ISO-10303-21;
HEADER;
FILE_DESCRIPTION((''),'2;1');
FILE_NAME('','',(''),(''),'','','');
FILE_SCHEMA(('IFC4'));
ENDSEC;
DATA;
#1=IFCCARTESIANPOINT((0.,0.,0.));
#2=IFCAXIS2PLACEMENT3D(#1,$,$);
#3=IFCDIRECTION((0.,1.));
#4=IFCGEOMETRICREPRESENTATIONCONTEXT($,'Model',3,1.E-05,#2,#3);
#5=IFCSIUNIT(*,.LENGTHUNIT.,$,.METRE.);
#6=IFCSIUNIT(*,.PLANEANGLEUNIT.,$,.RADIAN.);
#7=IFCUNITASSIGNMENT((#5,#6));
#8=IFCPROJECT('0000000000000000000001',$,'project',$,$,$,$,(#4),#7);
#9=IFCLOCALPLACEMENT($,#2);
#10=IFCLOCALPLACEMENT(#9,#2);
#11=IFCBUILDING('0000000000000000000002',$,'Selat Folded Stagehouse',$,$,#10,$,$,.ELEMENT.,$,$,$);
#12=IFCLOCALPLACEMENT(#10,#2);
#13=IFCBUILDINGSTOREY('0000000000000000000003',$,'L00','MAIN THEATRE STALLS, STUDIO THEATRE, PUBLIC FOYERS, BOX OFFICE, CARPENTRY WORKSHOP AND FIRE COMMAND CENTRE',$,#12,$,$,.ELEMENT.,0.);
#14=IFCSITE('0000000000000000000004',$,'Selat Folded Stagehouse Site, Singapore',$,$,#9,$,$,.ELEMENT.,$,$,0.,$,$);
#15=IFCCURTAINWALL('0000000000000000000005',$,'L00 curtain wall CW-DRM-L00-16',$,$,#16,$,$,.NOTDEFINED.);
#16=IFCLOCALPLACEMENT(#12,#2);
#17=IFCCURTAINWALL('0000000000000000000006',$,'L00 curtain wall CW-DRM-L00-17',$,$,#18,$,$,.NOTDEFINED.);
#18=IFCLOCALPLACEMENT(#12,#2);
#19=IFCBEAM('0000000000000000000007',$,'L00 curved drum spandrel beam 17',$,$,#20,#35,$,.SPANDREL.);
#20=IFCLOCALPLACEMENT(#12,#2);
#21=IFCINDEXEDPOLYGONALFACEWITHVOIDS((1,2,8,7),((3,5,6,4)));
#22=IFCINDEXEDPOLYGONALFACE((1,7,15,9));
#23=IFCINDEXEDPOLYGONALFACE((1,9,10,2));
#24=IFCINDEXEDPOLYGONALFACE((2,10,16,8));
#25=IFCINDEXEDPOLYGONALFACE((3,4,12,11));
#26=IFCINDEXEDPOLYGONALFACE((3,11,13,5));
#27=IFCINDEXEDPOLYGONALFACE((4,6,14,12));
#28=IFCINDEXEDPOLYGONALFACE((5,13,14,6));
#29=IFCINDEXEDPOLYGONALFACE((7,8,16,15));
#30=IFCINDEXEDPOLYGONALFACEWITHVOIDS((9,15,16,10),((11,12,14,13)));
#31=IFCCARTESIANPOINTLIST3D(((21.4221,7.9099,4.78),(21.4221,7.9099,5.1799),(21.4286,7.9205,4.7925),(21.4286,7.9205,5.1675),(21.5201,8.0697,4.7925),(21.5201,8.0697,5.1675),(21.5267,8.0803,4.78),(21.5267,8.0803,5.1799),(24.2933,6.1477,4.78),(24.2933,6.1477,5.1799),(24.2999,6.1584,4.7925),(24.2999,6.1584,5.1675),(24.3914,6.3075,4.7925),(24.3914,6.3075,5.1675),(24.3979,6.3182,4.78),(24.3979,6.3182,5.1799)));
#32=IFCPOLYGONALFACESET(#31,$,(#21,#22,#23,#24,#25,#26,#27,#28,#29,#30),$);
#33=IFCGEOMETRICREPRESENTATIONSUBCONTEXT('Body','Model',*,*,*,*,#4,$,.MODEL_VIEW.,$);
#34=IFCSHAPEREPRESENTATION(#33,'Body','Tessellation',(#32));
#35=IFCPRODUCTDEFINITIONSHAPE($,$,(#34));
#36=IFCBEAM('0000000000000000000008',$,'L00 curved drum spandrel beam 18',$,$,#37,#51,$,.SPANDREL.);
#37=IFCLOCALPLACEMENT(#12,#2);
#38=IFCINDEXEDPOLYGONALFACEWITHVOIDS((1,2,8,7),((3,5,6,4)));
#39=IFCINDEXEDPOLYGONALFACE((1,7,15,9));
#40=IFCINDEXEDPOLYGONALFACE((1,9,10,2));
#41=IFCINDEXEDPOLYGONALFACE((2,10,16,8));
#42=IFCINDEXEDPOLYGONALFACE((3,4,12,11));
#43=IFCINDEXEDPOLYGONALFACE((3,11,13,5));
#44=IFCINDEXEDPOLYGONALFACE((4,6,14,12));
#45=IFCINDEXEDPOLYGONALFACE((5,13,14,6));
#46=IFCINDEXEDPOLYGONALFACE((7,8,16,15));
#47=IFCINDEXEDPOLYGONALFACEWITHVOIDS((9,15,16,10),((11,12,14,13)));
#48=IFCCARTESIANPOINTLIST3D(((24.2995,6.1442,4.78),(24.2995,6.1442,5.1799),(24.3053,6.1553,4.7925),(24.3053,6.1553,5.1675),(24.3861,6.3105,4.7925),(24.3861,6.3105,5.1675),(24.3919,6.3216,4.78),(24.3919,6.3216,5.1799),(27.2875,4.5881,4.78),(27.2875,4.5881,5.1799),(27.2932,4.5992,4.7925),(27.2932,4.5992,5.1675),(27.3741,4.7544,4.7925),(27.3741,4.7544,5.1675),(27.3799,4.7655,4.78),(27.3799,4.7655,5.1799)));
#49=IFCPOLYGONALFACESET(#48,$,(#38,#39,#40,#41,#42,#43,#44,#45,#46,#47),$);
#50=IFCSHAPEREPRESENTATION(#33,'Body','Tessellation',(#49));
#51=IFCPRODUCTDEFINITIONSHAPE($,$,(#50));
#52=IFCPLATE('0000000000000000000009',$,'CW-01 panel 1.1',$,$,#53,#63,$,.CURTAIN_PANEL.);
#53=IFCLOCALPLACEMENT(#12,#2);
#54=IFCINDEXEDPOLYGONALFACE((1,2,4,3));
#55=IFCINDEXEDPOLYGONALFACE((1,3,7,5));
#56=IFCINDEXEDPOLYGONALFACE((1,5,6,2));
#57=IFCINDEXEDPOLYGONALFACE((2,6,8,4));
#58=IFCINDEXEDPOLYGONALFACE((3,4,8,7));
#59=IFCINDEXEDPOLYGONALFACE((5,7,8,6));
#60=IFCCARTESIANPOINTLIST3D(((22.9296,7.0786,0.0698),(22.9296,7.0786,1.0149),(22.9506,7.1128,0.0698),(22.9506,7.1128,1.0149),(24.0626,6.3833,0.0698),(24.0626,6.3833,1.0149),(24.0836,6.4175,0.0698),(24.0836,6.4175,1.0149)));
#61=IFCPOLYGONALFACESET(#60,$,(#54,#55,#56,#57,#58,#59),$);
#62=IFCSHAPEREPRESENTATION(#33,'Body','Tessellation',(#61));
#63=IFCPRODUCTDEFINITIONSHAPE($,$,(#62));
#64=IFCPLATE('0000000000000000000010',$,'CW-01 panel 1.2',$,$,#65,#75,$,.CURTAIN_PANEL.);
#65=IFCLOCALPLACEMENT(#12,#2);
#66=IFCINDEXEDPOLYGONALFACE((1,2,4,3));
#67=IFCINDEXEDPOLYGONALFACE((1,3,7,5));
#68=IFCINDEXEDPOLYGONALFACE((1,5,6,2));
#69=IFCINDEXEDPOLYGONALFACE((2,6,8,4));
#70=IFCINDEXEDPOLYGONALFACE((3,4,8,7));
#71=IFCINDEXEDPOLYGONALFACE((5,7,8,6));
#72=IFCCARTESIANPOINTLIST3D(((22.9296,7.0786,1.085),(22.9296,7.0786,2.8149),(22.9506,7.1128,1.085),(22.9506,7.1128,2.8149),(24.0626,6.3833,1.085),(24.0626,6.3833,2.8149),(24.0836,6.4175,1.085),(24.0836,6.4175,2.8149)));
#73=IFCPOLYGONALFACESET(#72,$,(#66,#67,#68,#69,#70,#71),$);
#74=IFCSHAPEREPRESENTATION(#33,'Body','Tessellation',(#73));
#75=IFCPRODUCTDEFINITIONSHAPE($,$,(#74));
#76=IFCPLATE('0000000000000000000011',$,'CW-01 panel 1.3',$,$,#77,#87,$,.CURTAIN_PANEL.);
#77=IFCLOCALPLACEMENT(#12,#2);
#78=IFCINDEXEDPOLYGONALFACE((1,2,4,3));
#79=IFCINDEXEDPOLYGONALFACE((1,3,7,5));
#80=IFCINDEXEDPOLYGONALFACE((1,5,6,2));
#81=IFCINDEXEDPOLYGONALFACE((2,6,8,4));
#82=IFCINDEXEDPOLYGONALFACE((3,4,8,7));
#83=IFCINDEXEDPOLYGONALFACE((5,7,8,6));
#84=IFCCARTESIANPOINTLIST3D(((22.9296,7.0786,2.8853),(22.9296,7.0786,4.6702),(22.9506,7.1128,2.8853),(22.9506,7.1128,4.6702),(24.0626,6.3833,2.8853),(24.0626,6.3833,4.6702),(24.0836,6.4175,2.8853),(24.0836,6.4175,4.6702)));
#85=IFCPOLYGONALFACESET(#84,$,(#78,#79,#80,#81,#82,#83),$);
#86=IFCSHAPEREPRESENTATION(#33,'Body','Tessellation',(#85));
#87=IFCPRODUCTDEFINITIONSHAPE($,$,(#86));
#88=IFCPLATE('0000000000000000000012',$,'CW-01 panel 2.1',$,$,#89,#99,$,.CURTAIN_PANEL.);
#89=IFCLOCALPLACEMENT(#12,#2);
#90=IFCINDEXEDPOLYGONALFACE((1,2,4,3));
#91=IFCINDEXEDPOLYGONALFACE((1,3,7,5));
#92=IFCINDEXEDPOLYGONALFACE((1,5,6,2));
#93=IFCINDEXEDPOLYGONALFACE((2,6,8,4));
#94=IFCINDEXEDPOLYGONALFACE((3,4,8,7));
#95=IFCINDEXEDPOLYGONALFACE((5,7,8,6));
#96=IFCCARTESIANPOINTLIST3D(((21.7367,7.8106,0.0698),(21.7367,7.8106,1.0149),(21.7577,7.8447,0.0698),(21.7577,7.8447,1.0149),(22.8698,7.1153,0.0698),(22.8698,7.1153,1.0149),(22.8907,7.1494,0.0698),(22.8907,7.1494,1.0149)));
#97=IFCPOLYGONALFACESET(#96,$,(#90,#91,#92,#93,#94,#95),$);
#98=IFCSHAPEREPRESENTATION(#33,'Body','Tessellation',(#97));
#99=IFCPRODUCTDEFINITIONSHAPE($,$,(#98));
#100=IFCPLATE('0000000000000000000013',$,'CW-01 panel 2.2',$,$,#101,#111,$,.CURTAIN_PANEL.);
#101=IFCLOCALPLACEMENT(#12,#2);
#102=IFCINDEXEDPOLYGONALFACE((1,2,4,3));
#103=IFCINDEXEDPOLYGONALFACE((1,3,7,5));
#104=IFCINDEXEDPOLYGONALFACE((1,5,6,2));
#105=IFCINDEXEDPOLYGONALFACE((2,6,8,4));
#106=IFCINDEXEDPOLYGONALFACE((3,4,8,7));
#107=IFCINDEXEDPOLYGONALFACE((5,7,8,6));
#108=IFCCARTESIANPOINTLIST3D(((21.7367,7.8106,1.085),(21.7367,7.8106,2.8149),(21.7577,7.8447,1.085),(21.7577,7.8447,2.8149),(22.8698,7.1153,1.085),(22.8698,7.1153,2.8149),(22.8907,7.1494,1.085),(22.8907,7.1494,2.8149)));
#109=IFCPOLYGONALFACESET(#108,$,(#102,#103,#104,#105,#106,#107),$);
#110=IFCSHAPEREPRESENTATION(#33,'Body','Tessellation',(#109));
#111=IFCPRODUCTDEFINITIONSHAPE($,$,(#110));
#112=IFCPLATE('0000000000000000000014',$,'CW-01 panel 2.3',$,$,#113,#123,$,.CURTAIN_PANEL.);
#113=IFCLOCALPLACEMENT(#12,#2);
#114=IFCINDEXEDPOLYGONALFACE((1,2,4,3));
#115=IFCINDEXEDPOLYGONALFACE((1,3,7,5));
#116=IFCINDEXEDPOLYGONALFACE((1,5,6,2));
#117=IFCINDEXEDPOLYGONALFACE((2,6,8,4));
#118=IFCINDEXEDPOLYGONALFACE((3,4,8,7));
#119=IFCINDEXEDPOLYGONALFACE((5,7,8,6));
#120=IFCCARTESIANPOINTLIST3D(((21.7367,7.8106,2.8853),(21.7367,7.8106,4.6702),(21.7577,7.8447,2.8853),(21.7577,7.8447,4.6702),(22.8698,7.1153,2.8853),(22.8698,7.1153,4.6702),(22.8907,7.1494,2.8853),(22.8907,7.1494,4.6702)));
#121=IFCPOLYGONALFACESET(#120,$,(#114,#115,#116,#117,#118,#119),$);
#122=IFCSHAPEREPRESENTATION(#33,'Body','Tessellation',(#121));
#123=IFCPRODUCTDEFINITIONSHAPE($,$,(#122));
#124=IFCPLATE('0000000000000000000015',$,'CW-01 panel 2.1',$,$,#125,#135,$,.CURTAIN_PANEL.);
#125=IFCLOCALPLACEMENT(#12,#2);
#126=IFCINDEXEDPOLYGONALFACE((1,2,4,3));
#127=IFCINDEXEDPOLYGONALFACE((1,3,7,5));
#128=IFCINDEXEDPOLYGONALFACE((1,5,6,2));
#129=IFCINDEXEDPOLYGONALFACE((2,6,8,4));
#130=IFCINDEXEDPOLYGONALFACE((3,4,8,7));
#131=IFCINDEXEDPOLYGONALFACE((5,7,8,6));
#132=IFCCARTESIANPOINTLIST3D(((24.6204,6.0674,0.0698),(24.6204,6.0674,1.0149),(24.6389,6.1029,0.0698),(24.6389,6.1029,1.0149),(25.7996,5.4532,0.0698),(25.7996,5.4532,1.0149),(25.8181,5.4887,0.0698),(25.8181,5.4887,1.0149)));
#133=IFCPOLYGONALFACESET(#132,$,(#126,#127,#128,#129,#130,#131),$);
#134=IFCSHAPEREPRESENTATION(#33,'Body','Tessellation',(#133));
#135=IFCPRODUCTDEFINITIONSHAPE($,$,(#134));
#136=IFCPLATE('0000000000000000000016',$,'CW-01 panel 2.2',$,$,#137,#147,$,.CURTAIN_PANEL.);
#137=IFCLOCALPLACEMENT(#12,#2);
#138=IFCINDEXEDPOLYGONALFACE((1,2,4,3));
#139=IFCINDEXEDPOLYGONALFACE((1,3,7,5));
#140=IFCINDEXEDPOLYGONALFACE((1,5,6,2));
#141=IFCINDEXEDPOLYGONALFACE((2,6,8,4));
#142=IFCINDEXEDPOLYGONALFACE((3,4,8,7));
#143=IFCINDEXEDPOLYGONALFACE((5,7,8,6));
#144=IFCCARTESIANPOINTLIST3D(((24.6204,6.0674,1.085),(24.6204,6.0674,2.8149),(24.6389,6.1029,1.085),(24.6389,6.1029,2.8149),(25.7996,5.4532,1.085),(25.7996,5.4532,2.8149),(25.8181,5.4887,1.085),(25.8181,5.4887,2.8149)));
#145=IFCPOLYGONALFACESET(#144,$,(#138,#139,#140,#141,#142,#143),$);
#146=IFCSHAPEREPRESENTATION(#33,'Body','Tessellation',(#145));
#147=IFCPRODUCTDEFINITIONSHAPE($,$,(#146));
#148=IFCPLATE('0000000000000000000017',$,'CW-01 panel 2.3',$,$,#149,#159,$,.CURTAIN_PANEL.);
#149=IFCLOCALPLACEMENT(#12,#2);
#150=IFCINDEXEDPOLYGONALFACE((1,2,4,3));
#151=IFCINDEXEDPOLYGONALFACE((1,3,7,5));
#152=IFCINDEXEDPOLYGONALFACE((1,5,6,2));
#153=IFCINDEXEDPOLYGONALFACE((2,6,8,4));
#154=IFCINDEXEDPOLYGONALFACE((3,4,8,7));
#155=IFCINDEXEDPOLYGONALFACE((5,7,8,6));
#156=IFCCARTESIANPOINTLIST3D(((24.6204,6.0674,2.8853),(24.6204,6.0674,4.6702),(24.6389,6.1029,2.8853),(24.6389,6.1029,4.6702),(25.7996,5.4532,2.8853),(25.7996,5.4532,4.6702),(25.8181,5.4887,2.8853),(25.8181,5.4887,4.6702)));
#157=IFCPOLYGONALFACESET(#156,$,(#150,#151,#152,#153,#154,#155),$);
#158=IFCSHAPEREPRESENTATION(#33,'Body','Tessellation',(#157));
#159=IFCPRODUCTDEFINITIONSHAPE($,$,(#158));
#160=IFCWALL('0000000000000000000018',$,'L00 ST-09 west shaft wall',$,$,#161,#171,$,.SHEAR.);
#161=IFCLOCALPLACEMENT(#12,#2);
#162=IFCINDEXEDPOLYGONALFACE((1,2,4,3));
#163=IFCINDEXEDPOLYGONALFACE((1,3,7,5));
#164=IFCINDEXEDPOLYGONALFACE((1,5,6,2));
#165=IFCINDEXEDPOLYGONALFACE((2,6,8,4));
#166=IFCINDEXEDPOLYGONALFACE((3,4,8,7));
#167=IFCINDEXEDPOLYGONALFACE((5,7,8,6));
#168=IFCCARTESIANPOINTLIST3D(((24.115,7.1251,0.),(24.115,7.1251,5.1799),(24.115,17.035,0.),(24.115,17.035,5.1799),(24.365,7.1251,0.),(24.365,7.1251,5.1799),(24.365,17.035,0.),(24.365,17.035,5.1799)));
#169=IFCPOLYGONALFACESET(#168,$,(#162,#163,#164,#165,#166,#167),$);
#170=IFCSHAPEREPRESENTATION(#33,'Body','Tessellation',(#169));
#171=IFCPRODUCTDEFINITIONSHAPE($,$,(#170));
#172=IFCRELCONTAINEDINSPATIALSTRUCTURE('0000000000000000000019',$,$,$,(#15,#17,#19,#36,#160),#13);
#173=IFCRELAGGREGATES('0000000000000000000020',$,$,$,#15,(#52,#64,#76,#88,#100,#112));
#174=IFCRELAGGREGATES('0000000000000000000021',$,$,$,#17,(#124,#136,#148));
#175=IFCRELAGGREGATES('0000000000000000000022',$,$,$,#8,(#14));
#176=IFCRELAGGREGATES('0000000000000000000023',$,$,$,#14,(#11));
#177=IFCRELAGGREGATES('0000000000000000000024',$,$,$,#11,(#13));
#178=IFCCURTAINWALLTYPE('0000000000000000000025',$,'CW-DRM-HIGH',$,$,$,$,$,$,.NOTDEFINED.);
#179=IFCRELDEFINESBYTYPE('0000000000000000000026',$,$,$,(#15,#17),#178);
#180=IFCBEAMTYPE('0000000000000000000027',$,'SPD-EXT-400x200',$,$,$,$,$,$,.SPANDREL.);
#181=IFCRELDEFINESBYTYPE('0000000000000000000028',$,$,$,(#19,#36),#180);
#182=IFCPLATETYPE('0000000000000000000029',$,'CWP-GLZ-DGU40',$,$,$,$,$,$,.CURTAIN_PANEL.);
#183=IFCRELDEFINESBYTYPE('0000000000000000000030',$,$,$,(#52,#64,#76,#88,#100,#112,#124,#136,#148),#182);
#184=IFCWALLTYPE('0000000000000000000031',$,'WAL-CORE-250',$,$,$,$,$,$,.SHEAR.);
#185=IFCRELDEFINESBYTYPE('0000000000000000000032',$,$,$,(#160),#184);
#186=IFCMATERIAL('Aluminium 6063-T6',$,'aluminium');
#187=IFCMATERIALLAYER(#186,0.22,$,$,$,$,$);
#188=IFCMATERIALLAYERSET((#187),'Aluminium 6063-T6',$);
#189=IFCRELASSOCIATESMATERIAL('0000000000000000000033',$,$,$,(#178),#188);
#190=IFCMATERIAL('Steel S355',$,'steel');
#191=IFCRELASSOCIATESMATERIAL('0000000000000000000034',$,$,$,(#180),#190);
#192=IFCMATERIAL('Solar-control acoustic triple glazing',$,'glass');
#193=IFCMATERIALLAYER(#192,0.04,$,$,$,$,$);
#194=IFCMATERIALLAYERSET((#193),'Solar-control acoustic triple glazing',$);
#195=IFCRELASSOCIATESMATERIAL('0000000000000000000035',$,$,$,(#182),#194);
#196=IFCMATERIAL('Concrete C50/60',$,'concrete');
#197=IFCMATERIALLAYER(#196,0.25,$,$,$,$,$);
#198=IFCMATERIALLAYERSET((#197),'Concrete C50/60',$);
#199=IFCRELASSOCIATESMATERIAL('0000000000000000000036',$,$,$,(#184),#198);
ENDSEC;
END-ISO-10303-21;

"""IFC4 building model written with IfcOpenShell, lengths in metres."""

from ifc_helpers import new_model, si_unit, direction, frame, frame_2d, origin, origin_2d, place, context, subcontext, project, spatial, rectangle, hollow_rectangle, extrude, material, layer, layer_set, material_profile, profile_set, type_object, element, aggregate, save


model = new_model("IFC4")

# Units and contexts
model_context = context("Model", 3, precision=1e-05, world=origin(), true_north=direction((0.0, 1.0)))
body_context = subcontext(model_context, "Body", "Model", "MODEL_VIEW")
ifc_project = project(units=[si_unit("LENGTHUNIT", "METRE"), si_unit("PLANEANGLEUNIT", "RADIAN")], contexts=[model_context])

# Site, building, storey
site_placement = place(None, origin())
site = spatial("IfcSite", under=ifc_project, at=site_placement, Name="Selat Folded Stagehouse Site, Singapore", CompositionType="ELEMENT", RefElevation=0.0)
building_placement = place(site_placement, origin())
building = spatial("IfcBuilding", under=site, at=building_placement, Name="Selat Folded Stagehouse", CompositionType="ELEMENT")
storey_placement = place(building_placement, origin())
storey = spatial("IfcBuildingStorey", under=building, at=storey_placement, Name="L00", Description="MAIN THEATRE STALLS, STUDIO THEATRE, PUBLIC FOYERS, BOX OFFICE, CARPENTRY WORKSHOP AND FIRE COMMAND CENTRE", CompositionType="ELEMENT", Elevation=0.0)

# Shared definitions
ifc_material_1 = material(Name="Steel S355", Category="steel")

# Shared definitions
ifc_material_2 = material(Name="Aluminium 6063-T6", Category="aluminium")
ifc_layer_1 = layer(ifc_material_2, 0.22)
ifc_layer_set_1 = layer_set([ifc_layer_1], Name="Aluminium 6063-T6")
curtain_wall_type = type_object("IfcCurtainWallType", Name="CW-DRM-HIGH", PredefinedType="NOTDEFINED", material=ifc_layer_set_1)

# Curtain wall
curtain_wall_1_placement = place(storey_placement, origin())
curtain_wall_1 = element("IfcCurtainWall", 1, at=curtain_wall_1_placement, inside=storey, type_object=curtain_wall_type, Name="L00 curtain wall CW-DRM-L00-16", PredefinedType="NOTDEFINED")

# Curtain wall
curtain_wall_2_placement = place(storey_placement, origin())
curtain_wall_2 = element("IfcCurtainWall", 2, at=curtain_wall_2_placement, inside=storey, type_object=curtain_wall_type, Name="L00 curtain wall CW-DRM-L00-17", PredefinedType="NOTDEFINED")

# Beams
ifc_material_profile_1 = material_profile(ifc_material_1, hollow_rectangle(XDim=0.2, YDim=0.3999, WallThickness=0.0125, at=origin_2d()), Name="RHS 400x200x12.5")
ifc_profile_set_1 = profile_set([ifc_material_profile_1], Name="Steel S355")
beam_type = type_object("IfcBeamType", Name="SPD-EXT-400x200", PredefinedType="SPANDREL", material=ifc_profile_set_1)
for number, where, z_axis, x_axis, name in (
    (3, (21.4744, 7.9951, 4.98), (0.85229, -0.52307, 0.0), (0.52307, 0.85229, 0.0), "L00 curved drum spandrel beam 17"),
    (4, (24.3457, 6.2329, 4.98), (0.886928, -0.461907, 0.0), (0.461907, 0.886928, 0.0), "L00 curved drum spandrel beam 18"),
):
    element("IfcBeam", number, at=place(storey_placement, frame(where, z_axis=z_axis, x_axis=x_axis)), inside=storey, type_object=beam_type, Name=name, PredefinedType="SPANDREL", context=body_context, shape_type="SweptSolid", body=[
        extrude(hollow_rectangle(XDim=0.2, YDim=0.3999, WallThickness=0.0125, at=origin_2d()), origin(), (0.0, 0.0, 1.0), 3.3689),
    ])

# Plates
ifc_material_3 = material(Name="Solar-control acoustic triple glazing", Category="glass")
ifc_layer_2 = layer(ifc_material_3, 0.04)
ifc_layer_set_2 = layer_set([ifc_layer_2], Name="Solar-control acoustic triple glazing")
plate_type = type_object("IfcPlateType", Name="CWP-GLZ-DGU40", PredefinedType="CURTAIN_PANEL", material=ifc_layer_set_2)
plate_1_placement = place(storey_placement, frame((23.5066, 6.748, 0.0698), z_axis=(0.0, 0.0, 1.0), x_axis=(-0.852317, 0.523025, 0.0)))
plate_1 = element("IfcPlate", 5, at=plate_1_placement, type_object=plate_type, Name="CW-01 panel 1.1", PredefinedType="CURTAIN_PANEL", context=body_context, shape_type="SweptSolid", body=[
    extrude(rectangle(XDim=1.3293, YDim=0.04, at=origin_2d()), origin(), (0.0, 0.0, 1.0), 0.9451),
])
plate_2_placement = place(storey_placement, frame((23.5066, 6.748, 1.085), z_axis=(0.0, 0.0, 1.0), x_axis=(-0.852317, 0.523025, 0.0)))
plate_2 = element("IfcPlate", 6, at=plate_2_placement, type_object=plate_type, Name="CW-01 panel 1.2", PredefinedType="CURTAIN_PANEL", context=body_context, shape_type="SweptSolid", body=[
    extrude(rectangle(XDim=1.3293, YDim=0.04, at=origin_2d()), origin(), (0.0, 0.0, 1.0), 1.73),
])
plate_3_placement = place(storey_placement, frame((23.5066, 6.748, 2.8853), z_axis=(0.0, 0.0, 1.0), x_axis=(-0.852317, 0.523025, 0.0)))
plate_3 = element("IfcPlate", 7, at=plate_3_placement, type_object=plate_type, Name="CW-01 panel 1.3", PredefinedType="CURTAIN_PANEL", context=body_context, shape_type="SweptSolid", body=[
    extrude(rectangle(XDim=1.3293, YDim=0.04, at=origin_2d()), origin(), (0.0, 0.0, 1.0), 1.7849),
])
plate_4_placement = place(storey_placement, frame((22.3137, 7.48, 0.0698), z_axis=(0.0, 0.0, 1.0), x_axis=(-0.852317, 0.523025, 0.0)))
plate_4 = element("IfcPlate", 8, at=plate_4_placement, type_object=plate_type, Name="CW-01 panel 2.1", PredefinedType="CURTAIN_PANEL", context=body_context, shape_type="SweptSolid", body=[
    extrude(rectangle(XDim=1.3293, YDim=0.04, at=origin_2d()), origin(), (0.0, 0.0, 1.0), 0.9451),
])
plate_5_placement = place(storey_placement, frame((22.3137, 7.48, 1.085), z_axis=(0.0, 0.0, 1.0), x_axis=(-0.852317, 0.523025, 0.0)))
plate_5 = element("IfcPlate", 9, at=plate_5_placement, type_object=plate_type, Name="CW-01 panel 2.2", PredefinedType="CURTAIN_PANEL", context=body_context, shape_type="SweptSolid", body=[
    extrude(rectangle(XDim=1.3293, YDim=0.04, at=origin_2d()), origin(), (0.0, 0.0, 1.0), 1.73),
])
plate_6_placement = place(storey_placement, frame((22.3137, 7.48, 2.8853), z_axis=(0.0, 0.0, 1.0), x_axis=(-0.852317, 0.523025, 0.0)))
plate_6 = element("IfcPlate", 10, at=plate_6_placement, type_object=plate_type, Name="CW-01 panel 2.3", PredefinedType="CURTAIN_PANEL", context=body_context, shape_type="SweptSolid", body=[
    extrude(rectangle(XDim=1.3293, YDim=0.04, at=origin_2d()), origin(), (0.0, 0.0, 1.0), 1.7849),
])
aggregate(curtain_wall_1, [plate_1, plate_2, plate_3, plate_4, plate_5, plate_6])
plate_7_placement = place(storey_placement, frame((25.2192, 5.7781, 0.0698), z_axis=(0.0, 0.0, 1.0), x_axis=(-0.886916, 0.461931, 0.0)))
plate_7 = element("IfcPlate", 11, at=plate_7_placement, type_object=plate_type, Name="CW-01 panel 2.1", PredefinedType="CURTAIN_PANEL", context=body_context, shape_type="SweptSolid", body=[
    extrude(rectangle(XDim=1.3296, YDim=0.04, at=origin_2d()), origin(), (0.0, 0.0, 1.0), 0.9451),
])
plate_8_placement = place(storey_placement, frame((25.2192, 5.7781, 1.085), z_axis=(0.0, 0.0, 1.0), x_axis=(-0.886916, 0.461931, 0.0)))
plate_8 = element("IfcPlate", 12, at=plate_8_placement, type_object=plate_type, Name="CW-01 panel 2.2", PredefinedType="CURTAIN_PANEL", context=body_context, shape_type="SweptSolid", body=[
    extrude(rectangle(XDim=1.3296, YDim=0.04, at=origin_2d()), origin(), (0.0, 0.0, 1.0), 1.73),
])
plate_9_placement = place(storey_placement, frame((25.2192, 5.7781, 2.8853), z_axis=(0.0, 0.0, 1.0), x_axis=(-0.886916, 0.461931, 0.0)))
plate_9 = element("IfcPlate", 13, at=plate_9_placement, type_object=plate_type, Name="CW-01 panel 2.3", PredefinedType="CURTAIN_PANEL", context=body_context, shape_type="SweptSolid", body=[
    extrude(rectangle(XDim=1.3296, YDim=0.04, at=origin_2d()), origin(), (0.0, 0.0, 1.0), 1.7849),
])
aggregate(curtain_wall_2, [plate_7, plate_8, plate_9])

# Wall
ifc_material_4 = material(Name="Concrete C50/60", Category="concrete")
ifc_layer_3 = layer(ifc_material_4, 0.25)
ifc_layer_set_3 = layer_set([ifc_layer_3], Name="Concrete C50/60")
wall_type = type_object("IfcWallType", Name="WAL-CORE-250", PredefinedType="SHEAR", material=ifc_layer_set_3)
wall_placement = place(storey_placement, frame((24.24, 7.125, 0.0), z_axis=(0.0, 0.0, 1.0), x_axis=(0.0, 1.0, 0.0)))
element("IfcWall", 14, at=wall_placement, inside=storey, type_object=wall_type, Name="L00 ST-09 west shaft wall", PredefinedType="SHEAR", context=body_context, shape_type="SweptSolid", body=[
    extrude(rectangle(XDim=9.9099, YDim=0.25, at=frame_2d((4.9551, 0.0))), origin(), (0.0, 0.0, 1.0), 5.1799),
])

save(model, "model.ifc")
